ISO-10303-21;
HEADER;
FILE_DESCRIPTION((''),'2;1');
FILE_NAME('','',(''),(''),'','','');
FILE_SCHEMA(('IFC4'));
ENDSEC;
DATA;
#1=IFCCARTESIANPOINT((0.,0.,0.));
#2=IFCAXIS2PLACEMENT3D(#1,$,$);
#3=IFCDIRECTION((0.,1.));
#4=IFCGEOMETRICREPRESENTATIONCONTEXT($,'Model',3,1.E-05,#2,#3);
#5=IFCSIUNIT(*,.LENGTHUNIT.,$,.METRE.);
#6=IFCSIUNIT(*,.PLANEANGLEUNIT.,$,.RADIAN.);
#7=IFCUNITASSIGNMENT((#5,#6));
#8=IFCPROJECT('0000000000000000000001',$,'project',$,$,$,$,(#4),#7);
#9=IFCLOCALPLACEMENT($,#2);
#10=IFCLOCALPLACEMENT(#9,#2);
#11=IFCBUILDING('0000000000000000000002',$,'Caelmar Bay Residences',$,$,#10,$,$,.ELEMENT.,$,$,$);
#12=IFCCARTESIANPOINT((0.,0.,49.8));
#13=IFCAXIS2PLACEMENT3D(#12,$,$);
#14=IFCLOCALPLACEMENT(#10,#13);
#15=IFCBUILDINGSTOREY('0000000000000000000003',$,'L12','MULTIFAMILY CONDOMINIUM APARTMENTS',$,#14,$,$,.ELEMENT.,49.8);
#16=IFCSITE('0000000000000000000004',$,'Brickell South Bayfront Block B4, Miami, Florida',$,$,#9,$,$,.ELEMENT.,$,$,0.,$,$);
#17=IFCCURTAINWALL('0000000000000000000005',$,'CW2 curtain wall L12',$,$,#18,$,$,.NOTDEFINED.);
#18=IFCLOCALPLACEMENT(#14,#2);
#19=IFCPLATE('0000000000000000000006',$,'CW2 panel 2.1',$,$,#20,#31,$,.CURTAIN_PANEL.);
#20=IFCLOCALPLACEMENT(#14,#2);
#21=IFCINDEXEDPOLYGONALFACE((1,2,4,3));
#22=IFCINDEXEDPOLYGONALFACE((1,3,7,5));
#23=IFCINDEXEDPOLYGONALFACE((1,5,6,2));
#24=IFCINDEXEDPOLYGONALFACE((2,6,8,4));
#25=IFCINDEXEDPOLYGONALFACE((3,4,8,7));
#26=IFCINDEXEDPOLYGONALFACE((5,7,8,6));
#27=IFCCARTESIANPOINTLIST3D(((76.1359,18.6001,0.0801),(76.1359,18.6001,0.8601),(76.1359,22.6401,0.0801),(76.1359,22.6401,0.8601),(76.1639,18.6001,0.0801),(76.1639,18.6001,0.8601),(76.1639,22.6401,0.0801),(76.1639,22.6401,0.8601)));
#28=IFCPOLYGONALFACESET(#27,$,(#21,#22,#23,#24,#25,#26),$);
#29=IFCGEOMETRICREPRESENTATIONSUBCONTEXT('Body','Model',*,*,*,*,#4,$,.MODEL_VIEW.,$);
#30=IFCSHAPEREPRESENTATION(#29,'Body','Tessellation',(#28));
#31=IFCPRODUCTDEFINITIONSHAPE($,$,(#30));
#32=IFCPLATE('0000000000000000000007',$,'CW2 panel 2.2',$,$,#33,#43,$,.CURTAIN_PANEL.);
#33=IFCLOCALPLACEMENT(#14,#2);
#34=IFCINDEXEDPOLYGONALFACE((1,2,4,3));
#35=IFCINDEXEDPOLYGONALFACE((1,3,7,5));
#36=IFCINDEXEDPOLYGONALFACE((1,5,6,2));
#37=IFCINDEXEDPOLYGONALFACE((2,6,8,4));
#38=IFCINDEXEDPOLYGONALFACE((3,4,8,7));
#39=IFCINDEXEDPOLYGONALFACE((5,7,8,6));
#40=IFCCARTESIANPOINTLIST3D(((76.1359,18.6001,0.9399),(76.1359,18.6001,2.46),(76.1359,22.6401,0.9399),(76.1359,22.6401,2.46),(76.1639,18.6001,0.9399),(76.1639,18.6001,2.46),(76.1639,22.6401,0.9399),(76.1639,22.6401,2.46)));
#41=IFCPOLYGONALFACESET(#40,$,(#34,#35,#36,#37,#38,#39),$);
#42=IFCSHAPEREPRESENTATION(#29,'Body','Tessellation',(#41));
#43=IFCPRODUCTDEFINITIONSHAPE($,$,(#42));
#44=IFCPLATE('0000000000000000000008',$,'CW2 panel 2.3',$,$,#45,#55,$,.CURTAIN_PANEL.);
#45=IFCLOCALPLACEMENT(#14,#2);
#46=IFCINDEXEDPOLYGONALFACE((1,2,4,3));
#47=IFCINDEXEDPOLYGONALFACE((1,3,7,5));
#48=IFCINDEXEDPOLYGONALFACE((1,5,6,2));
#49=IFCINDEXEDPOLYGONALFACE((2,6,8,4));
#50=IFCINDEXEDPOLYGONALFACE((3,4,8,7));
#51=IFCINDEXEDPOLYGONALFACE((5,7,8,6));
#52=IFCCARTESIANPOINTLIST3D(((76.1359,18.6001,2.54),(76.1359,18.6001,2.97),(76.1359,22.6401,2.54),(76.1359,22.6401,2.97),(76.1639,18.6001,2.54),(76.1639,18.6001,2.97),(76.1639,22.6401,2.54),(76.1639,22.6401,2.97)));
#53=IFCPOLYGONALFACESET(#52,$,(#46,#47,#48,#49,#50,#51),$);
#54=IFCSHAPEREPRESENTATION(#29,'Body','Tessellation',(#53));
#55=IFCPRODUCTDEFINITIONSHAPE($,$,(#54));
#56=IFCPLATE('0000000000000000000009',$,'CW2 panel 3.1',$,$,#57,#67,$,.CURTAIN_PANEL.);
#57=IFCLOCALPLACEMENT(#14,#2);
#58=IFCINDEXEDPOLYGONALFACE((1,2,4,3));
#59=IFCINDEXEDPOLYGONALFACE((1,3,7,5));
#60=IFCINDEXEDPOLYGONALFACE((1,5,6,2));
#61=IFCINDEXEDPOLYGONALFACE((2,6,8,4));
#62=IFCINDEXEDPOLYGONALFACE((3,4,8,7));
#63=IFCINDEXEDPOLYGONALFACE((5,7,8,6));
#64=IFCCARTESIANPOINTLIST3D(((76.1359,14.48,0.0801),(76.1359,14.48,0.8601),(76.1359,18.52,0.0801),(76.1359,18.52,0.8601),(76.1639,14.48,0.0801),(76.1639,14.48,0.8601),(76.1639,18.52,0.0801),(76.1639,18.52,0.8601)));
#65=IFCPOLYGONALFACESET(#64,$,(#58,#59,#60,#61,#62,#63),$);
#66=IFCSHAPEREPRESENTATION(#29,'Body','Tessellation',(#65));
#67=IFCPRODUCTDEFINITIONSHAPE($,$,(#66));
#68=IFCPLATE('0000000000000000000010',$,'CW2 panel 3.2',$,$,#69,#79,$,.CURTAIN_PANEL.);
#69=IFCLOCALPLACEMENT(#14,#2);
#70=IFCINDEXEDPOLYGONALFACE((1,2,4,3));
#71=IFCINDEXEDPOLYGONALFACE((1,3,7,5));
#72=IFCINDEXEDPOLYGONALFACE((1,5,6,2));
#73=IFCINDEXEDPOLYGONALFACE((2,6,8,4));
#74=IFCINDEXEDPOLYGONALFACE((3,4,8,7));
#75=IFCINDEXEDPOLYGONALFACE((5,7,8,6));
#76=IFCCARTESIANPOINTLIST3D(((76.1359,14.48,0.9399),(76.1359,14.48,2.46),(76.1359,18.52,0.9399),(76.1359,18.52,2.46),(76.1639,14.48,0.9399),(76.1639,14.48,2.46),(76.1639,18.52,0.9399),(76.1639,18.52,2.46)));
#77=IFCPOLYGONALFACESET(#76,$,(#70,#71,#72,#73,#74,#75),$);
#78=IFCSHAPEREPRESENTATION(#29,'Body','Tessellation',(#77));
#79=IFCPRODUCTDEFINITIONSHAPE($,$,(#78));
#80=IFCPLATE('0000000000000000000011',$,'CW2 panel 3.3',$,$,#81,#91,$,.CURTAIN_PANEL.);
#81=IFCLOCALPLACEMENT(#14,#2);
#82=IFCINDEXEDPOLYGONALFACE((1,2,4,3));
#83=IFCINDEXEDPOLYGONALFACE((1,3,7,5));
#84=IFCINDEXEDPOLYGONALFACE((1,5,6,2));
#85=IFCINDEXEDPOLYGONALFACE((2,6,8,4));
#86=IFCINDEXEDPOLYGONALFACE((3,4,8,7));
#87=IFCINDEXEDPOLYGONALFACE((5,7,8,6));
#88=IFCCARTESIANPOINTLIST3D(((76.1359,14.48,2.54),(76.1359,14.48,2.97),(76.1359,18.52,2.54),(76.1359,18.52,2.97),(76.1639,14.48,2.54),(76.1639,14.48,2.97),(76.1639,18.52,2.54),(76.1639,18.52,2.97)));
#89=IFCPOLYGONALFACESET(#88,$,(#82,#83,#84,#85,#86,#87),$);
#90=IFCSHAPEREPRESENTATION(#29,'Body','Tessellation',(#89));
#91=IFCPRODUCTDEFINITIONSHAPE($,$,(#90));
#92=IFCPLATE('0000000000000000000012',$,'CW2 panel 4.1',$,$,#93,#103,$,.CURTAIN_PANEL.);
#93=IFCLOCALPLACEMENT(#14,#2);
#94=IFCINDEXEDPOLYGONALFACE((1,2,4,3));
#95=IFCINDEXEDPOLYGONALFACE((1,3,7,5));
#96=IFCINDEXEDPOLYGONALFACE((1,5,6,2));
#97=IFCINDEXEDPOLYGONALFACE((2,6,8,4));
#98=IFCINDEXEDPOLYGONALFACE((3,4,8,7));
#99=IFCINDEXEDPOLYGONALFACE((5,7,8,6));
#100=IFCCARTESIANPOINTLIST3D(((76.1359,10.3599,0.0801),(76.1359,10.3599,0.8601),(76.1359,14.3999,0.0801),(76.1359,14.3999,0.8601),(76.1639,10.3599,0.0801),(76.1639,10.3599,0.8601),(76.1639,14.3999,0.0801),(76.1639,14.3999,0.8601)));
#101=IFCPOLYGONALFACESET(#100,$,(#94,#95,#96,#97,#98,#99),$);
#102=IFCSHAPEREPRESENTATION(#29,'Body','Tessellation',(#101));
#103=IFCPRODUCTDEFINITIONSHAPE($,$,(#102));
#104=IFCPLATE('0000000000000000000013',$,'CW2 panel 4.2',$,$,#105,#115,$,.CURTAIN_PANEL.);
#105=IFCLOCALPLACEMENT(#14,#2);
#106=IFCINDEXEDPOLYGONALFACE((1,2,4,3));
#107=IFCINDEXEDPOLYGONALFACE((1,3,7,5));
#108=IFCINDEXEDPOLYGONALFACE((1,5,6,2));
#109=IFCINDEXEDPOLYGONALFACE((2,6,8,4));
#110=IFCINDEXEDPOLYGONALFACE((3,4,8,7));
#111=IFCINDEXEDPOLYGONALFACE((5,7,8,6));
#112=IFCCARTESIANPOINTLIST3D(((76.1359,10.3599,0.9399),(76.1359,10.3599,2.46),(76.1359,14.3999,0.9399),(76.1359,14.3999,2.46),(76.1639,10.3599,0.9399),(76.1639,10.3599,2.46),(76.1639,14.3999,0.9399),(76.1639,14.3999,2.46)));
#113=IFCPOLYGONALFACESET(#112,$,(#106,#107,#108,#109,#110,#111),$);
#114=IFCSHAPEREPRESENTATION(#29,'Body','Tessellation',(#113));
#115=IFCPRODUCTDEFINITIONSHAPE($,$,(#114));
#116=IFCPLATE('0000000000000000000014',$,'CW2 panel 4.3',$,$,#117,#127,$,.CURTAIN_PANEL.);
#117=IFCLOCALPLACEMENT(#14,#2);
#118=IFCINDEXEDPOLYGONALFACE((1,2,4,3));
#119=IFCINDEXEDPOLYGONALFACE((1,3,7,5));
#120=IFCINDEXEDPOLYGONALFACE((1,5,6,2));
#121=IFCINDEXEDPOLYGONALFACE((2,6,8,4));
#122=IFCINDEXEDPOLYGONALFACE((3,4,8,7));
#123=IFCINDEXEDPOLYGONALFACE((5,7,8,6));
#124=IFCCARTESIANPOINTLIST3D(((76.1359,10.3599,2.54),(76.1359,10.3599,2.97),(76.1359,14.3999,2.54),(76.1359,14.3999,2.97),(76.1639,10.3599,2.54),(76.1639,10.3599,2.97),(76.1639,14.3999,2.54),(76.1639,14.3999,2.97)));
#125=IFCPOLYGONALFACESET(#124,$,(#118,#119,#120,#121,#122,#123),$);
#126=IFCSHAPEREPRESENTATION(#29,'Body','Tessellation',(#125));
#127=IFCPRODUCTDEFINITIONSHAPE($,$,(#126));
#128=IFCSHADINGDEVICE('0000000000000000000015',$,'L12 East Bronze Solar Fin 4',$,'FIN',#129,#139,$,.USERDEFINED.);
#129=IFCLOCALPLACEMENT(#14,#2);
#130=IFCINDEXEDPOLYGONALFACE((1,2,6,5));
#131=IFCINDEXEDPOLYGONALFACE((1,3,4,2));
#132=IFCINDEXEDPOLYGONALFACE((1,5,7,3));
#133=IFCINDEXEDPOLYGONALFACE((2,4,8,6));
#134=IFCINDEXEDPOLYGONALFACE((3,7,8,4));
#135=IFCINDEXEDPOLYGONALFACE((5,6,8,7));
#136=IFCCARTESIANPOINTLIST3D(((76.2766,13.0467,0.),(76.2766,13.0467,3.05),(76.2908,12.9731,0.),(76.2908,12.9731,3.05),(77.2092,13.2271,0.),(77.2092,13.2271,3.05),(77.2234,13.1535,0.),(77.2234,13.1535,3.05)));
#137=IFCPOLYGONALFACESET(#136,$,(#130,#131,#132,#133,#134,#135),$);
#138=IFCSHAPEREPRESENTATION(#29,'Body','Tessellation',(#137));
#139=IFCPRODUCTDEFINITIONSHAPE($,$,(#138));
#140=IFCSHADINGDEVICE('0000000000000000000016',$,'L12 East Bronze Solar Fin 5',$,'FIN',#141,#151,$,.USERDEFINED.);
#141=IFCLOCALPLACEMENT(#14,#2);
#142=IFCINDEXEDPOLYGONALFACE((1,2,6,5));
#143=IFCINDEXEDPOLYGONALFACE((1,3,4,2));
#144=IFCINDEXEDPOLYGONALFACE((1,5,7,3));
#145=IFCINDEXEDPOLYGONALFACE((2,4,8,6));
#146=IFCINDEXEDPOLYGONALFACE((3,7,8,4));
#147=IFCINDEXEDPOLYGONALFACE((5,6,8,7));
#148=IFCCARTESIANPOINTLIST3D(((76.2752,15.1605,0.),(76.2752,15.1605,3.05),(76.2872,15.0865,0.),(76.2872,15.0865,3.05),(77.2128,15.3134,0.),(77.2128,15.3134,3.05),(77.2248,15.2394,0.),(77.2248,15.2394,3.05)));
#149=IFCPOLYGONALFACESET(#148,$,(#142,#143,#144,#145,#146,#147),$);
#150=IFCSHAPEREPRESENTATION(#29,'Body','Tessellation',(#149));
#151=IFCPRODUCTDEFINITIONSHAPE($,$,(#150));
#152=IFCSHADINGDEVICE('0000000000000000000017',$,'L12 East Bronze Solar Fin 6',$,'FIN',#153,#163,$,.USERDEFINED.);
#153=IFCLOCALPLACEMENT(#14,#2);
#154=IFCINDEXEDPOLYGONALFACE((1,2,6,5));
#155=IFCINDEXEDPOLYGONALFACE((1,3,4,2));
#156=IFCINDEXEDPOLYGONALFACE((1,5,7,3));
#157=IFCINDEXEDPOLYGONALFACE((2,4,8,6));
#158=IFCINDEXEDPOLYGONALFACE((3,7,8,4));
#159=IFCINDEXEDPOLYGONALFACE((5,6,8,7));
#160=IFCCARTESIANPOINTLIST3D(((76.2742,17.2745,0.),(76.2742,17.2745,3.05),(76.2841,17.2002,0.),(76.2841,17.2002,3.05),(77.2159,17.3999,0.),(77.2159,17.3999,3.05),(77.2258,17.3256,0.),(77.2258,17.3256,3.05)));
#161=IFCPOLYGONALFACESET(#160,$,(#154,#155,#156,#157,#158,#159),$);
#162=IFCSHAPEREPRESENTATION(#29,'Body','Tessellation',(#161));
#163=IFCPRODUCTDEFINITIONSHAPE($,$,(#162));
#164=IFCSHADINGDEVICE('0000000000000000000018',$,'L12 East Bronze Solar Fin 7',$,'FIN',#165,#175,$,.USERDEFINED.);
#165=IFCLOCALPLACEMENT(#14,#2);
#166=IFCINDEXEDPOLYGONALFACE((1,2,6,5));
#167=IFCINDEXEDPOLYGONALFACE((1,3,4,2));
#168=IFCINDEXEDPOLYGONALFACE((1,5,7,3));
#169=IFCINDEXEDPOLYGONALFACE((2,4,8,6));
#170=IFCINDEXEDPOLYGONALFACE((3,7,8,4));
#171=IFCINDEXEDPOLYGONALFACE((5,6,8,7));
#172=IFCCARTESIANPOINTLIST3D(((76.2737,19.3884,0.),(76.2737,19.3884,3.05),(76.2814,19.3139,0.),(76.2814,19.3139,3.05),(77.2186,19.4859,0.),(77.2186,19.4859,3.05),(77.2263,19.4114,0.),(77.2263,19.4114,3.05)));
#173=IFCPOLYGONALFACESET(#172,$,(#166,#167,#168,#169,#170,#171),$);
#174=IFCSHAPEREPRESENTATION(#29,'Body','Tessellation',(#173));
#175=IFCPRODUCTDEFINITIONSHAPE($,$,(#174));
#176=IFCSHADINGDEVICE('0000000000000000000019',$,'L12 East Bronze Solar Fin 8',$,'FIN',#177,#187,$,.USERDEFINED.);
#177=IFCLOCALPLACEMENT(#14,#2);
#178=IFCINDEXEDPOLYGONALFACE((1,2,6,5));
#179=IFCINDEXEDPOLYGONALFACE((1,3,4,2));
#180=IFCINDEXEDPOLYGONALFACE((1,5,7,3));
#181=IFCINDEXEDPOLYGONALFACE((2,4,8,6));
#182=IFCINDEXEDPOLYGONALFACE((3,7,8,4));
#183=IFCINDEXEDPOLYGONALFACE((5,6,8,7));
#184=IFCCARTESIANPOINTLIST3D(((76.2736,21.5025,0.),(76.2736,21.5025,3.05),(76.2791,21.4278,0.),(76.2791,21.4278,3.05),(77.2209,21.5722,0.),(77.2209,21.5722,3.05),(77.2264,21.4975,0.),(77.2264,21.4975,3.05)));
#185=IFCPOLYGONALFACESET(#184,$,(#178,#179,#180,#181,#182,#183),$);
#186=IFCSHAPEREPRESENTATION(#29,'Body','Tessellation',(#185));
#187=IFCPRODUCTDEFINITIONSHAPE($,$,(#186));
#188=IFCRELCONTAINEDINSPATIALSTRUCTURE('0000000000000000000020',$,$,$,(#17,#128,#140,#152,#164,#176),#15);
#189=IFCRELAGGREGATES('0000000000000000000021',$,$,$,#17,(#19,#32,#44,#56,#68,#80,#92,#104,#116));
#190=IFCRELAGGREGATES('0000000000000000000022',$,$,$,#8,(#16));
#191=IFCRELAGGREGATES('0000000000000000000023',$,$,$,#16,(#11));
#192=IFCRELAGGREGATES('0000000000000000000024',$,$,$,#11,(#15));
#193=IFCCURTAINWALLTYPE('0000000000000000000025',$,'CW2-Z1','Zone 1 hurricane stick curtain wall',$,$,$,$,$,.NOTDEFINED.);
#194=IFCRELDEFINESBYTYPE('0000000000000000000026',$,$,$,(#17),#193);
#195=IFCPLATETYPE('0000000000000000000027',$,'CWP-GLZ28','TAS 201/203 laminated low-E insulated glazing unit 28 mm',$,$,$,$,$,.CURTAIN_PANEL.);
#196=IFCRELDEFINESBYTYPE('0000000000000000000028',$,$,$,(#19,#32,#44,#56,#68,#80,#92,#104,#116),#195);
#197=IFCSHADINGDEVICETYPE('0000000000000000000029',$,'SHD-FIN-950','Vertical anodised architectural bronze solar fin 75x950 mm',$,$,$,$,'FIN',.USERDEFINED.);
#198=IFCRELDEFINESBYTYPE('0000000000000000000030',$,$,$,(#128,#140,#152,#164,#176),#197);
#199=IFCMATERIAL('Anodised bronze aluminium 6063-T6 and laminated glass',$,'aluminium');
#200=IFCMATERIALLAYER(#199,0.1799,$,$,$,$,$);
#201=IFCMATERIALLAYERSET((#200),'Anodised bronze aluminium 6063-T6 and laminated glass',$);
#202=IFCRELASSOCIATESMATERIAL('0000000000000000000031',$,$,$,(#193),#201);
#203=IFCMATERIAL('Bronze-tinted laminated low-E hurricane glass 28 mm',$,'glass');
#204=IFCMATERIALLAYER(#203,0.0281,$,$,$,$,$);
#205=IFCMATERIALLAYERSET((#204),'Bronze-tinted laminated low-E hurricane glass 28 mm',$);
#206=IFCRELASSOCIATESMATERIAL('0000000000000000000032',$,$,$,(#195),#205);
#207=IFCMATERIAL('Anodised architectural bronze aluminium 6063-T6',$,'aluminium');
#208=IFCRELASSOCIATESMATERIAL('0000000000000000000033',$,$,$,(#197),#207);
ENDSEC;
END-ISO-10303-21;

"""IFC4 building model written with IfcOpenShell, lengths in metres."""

from ifc_helpers import new_model, si_unit, direction, frame, origin, origin_2d, place, context, subcontext, project, spatial, rectangle, extrude, material, layer, layer_set, material_profile, profile_set, type_object, element, aggregate, save


model = new_model("IFC4")

# Units and contexts
model_context = context("Model", 3, precision=1e-05, world=origin(), true_north=direction((0.0, 1.0)))
body_context = subcontext(model_context, "Body", "Model", "MODEL_VIEW")
ifc_project = project(units=[si_unit("LENGTHUNIT", "METRE"), si_unit("PLANEANGLEUNIT", "RADIAN")], contexts=[model_context])

# Site, building, storey
site_placement = place(None, origin())
site = spatial("IfcSite", under=ifc_project, at=site_placement, Name="Brickell South Bayfront Block B4, Miami, Florida", CompositionType="ELEMENT", RefElevation=0.0)
building_placement = place(site_placement, origin())
building = spatial("IfcBuilding", under=site, at=building_placement, Name="Caelmar Bay Residences", CompositionType="ELEMENT")
storey_placement = place(building_placement, frame((0.0, 0.0, 49.8)))
storey = spatial("IfcBuildingStorey", under=building, at=storey_placement, Name="L12", Description="MULTIFAMILY CONDOMINIUM APARTMENTS", CompositionType="ELEMENT", Elevation=49.8)

# Curtain wall, plates
ifc_material_1 = material(Name="Anodised bronze aluminium 6063-T6 and laminated glass", Category="aluminium")
ifc_layer_1 = layer(ifc_material_1, 0.1799)
ifc_layer_set_1 = layer_set([ifc_layer_1], Name="Anodised bronze aluminium 6063-T6 and laminated glass")
curtain_wall_type = type_object("IfcCurtainWallType", Name="CW2-Z1", Description="Zone 1 hurricane stick curtain wall", PredefinedType="NOTDEFINED", material=ifc_layer_set_1)
curtain_wall_placement = place(storey_placement, origin())
curtain_wall = element("IfcCurtainWall", 1, at=curtain_wall_placement, inside=storey, type_object=curtain_wall_type, Name="CW2 curtain wall L12", PredefinedType="NOTDEFINED")
ifc_material_2 = material(Name="Bronze-tinted laminated low-E hurricane glass 28 mm", Category="glass")
ifc_layer_2 = layer(ifc_material_2, 0.0281)
ifc_layer_set_2 = layer_set([ifc_layer_2], Name="Bronze-tinted laminated low-E hurricane glass 28 mm")
plate_type = type_object("IfcPlateType", Name="CWP-GLZ28", Description="TAS 201/203 laminated low-E insulated glazing unit 28 mm", PredefinedType="CURTAIN_PANEL", material=ifc_layer_set_2)
plate_1_placement = place(storey_placement, frame((76.1499, 20.6201, 0.0801), z_axis=(0.0, 0.0, 1.0), x_axis=(0.0, -1.0, 0.0)))
plate_1 = element("IfcPlate", 2, at=plate_1_placement, type_object=plate_type, Name="CW2 panel 2.1", PredefinedType="CURTAIN_PANEL", context=body_context, shape_type="SweptSolid", body=[
    extrude(rectangle(XDim=4.04, YDim=0.0281, at=origin_2d()), origin(), (0.0, 0.0, 1.0), 0.78),
])
plate_2_placement = place(storey_placement, frame((76.1499, 20.6201, 0.9399), z_axis=(0.0, 0.0, 1.0), x_axis=(0.0, -1.0, 0.0)))
plate_2 = element("IfcPlate", 3, at=plate_2_placement, type_object=plate_type, Name="CW2 panel 2.2", PredefinedType="CURTAIN_PANEL", context=body_context, shape_type="SweptSolid", body=[
    extrude(rectangle(XDim=4.04, YDim=0.0281, at=origin_2d()), origin(), (0.0, 0.0, 1.0), 1.52),
])
plate_3_placement = place(storey_placement, frame((76.1499, 20.6201, 2.54), z_axis=(0.0, 0.0, 1.0), x_axis=(0.0, -1.0, 0.0)))
plate_3 = element("IfcPlate", 4, at=plate_3_placement, type_object=plate_type, Name="CW2 panel 2.3", PredefinedType="CURTAIN_PANEL", context=body_context, shape_type="SweptSolid", body=[
    extrude(rectangle(XDim=4.04, YDim=0.0281, at=origin_2d()), origin(), (0.0, 0.0, 1.0), 0.4299),
])
plate_4_placement = place(storey_placement, frame((76.1499, 16.5, 0.0801), z_axis=(0.0, 0.0, 1.0), x_axis=(0.0, -1.0, 0.0)))
plate_4 = element("IfcPlate", 5, at=plate_4_placement, type_object=plate_type, Name="CW2 panel 3.1", PredefinedType="CURTAIN_PANEL", context=body_context, shape_type="SweptSolid", body=[
    extrude(rectangle(XDim=4.04, YDim=0.0281, at=origin_2d()), origin(), (0.0, 0.0, 1.0), 0.78),
])
plate_5_placement = place(storey_placement, frame((76.1499, 16.5, 0.9399), z_axis=(0.0, 0.0, 1.0), x_axis=(0.0, -1.0, 0.0)))
plate_5 = element("IfcPlate", 6, at=plate_5_placement, type_object=plate_type, Name="CW2 panel 3.2", PredefinedType="CURTAIN_PANEL", context=body_context, shape_type="SweptSolid", body=[
    extrude(rectangle(XDim=4.04, YDim=0.0281, at=origin_2d()), origin(), (0.0, 0.0, 1.0), 1.52),
])
plate_6_placement = place(storey_placement, frame((76.1499, 16.5, 2.54), z_axis=(0.0, 0.0, 1.0), x_axis=(0.0, -1.0, 0.0)))
plate_6 = element("IfcPlate", 7, at=plate_6_placement, type_object=plate_type, Name="CW2 panel 3.3", PredefinedType="CURTAIN_PANEL", context=body_context, shape_type="SweptSolid", body=[
    extrude(rectangle(XDim=4.04, YDim=0.0281, at=origin_2d()), origin(), (0.0, 0.0, 1.0), 0.4299),
])
plate_7_placement = place(storey_placement, frame((76.1499, 12.3799, 0.0801), z_axis=(0.0, 0.0, 1.0), x_axis=(0.0, -1.0, 0.0)))
plate_7 = element("IfcPlate", 8, at=plate_7_placement, type_object=plate_type, Name="CW2 panel 4.1", PredefinedType="CURTAIN_PANEL", context=body_context, shape_type="SweptSolid", body=[
    extrude(rectangle(XDim=4.04, YDim=0.0281, at=origin_2d()), origin(), (0.0, 0.0, 1.0), 0.78),
])
plate_8_placement = place(storey_placement, frame((76.1499, 12.3799, 0.9399), z_axis=(0.0, 0.0, 1.0), x_axis=(0.0, -1.0, 0.0)))
plate_8 = element("IfcPlate", 9, at=plate_8_placement, type_object=plate_type, Name="CW2 panel 4.2", PredefinedType="CURTAIN_PANEL", context=body_context, shape_type="SweptSolid", body=[
    extrude(rectangle(XDim=4.04, YDim=0.0281, at=origin_2d()), origin(), (0.0, 0.0, 1.0), 1.52),
])
plate_9_placement = place(storey_placement, frame((76.1499, 12.3799, 2.54), z_axis=(0.0, 0.0, 1.0), x_axis=(0.0, -1.0, 0.0)))
plate_9 = element("IfcPlate", 10, at=plate_9_placement, type_object=plate_type, Name="CW2 panel 4.3", PredefinedType="CURTAIN_PANEL", context=body_context, shape_type="SweptSolid", body=[
    extrude(rectangle(XDim=4.04, YDim=0.0281, at=origin_2d()), origin(), (0.0, 0.0, 1.0), 0.4299),
])
aggregate(curtain_wall, [plate_1, plate_2, plate_3, plate_4, plate_5, plate_6, plate_7, plate_8, plate_9])

# Shading devices
ifc_material_3 = material(Name="Anodised architectural bronze aluminium 6063-T6", Category="aluminium")
ifc_material_profile_1 = material_profile(ifc_material_3, rectangle(XDim=0.075, YDim=0.95, at=origin_2d()), Name="BRONZE-FIN-75X950")
ifc_profile_set_1 = profile_set([ifc_material_profile_1], Name="Anodised architectural bronze aluminium 6063-T6")
shading_device_type = type_object("IfcShadingDeviceType", Name="SHD-FIN-950", Description="Vertical anodised architectural bronze solar fin 75x950 mm", ElementType="FIN", PredefinedType="USERDEFINED", material=ifc_profile_set_1)
for number, where, z_axis, x_axis, name in (
    (11, (76.75, 13.1001, 0.0), (0.0, 0.0, 1.0), (-0.189952, 0.981793, 0.0), "L12 East Bronze Solar Fin 4"),
    (12, (76.75, 15.2, 0.0), (0.0, 0.0, 1.0), (-0.160915, 0.986968, 0.0), "L12 East Bronze Solar Fin 5"),
    (13, (76.75, 17.3, 0.0), (0.0, 0.0, 1.0), (-0.13191, 0.991262, 0.0), "L12 East Bronze Solar Fin 6"),
    (14, (76.75, 19.3999, 0.0), (0.0, 0.0, 1.0), (-0.102619, 0.994721, 0.0), "L12 East Bronze Solar Fin 7"),
    (15, (76.75, 21.5, 0.0), (0.0, 0.0, 1.0), (-0.073412, 0.997302, 0.0), "L12 East Bronze Solar Fin 8"),
):
    element("IfcShadingDevice", number, at=place(storey_placement, frame(where, z_axis=z_axis, x_axis=x_axis)), inside=storey, type_object=shading_device_type, Name=name, ObjectType="FIN", PredefinedType="USERDEFINED", context=body_context, shape_type="SweptSolid", body=[
        extrude(rectangle(XDim=0.075, YDim=0.95, at=origin_2d()), origin(), (0.0, 0.0, 1.0), 3.05),
    ])

save(model, "model.ifc")
